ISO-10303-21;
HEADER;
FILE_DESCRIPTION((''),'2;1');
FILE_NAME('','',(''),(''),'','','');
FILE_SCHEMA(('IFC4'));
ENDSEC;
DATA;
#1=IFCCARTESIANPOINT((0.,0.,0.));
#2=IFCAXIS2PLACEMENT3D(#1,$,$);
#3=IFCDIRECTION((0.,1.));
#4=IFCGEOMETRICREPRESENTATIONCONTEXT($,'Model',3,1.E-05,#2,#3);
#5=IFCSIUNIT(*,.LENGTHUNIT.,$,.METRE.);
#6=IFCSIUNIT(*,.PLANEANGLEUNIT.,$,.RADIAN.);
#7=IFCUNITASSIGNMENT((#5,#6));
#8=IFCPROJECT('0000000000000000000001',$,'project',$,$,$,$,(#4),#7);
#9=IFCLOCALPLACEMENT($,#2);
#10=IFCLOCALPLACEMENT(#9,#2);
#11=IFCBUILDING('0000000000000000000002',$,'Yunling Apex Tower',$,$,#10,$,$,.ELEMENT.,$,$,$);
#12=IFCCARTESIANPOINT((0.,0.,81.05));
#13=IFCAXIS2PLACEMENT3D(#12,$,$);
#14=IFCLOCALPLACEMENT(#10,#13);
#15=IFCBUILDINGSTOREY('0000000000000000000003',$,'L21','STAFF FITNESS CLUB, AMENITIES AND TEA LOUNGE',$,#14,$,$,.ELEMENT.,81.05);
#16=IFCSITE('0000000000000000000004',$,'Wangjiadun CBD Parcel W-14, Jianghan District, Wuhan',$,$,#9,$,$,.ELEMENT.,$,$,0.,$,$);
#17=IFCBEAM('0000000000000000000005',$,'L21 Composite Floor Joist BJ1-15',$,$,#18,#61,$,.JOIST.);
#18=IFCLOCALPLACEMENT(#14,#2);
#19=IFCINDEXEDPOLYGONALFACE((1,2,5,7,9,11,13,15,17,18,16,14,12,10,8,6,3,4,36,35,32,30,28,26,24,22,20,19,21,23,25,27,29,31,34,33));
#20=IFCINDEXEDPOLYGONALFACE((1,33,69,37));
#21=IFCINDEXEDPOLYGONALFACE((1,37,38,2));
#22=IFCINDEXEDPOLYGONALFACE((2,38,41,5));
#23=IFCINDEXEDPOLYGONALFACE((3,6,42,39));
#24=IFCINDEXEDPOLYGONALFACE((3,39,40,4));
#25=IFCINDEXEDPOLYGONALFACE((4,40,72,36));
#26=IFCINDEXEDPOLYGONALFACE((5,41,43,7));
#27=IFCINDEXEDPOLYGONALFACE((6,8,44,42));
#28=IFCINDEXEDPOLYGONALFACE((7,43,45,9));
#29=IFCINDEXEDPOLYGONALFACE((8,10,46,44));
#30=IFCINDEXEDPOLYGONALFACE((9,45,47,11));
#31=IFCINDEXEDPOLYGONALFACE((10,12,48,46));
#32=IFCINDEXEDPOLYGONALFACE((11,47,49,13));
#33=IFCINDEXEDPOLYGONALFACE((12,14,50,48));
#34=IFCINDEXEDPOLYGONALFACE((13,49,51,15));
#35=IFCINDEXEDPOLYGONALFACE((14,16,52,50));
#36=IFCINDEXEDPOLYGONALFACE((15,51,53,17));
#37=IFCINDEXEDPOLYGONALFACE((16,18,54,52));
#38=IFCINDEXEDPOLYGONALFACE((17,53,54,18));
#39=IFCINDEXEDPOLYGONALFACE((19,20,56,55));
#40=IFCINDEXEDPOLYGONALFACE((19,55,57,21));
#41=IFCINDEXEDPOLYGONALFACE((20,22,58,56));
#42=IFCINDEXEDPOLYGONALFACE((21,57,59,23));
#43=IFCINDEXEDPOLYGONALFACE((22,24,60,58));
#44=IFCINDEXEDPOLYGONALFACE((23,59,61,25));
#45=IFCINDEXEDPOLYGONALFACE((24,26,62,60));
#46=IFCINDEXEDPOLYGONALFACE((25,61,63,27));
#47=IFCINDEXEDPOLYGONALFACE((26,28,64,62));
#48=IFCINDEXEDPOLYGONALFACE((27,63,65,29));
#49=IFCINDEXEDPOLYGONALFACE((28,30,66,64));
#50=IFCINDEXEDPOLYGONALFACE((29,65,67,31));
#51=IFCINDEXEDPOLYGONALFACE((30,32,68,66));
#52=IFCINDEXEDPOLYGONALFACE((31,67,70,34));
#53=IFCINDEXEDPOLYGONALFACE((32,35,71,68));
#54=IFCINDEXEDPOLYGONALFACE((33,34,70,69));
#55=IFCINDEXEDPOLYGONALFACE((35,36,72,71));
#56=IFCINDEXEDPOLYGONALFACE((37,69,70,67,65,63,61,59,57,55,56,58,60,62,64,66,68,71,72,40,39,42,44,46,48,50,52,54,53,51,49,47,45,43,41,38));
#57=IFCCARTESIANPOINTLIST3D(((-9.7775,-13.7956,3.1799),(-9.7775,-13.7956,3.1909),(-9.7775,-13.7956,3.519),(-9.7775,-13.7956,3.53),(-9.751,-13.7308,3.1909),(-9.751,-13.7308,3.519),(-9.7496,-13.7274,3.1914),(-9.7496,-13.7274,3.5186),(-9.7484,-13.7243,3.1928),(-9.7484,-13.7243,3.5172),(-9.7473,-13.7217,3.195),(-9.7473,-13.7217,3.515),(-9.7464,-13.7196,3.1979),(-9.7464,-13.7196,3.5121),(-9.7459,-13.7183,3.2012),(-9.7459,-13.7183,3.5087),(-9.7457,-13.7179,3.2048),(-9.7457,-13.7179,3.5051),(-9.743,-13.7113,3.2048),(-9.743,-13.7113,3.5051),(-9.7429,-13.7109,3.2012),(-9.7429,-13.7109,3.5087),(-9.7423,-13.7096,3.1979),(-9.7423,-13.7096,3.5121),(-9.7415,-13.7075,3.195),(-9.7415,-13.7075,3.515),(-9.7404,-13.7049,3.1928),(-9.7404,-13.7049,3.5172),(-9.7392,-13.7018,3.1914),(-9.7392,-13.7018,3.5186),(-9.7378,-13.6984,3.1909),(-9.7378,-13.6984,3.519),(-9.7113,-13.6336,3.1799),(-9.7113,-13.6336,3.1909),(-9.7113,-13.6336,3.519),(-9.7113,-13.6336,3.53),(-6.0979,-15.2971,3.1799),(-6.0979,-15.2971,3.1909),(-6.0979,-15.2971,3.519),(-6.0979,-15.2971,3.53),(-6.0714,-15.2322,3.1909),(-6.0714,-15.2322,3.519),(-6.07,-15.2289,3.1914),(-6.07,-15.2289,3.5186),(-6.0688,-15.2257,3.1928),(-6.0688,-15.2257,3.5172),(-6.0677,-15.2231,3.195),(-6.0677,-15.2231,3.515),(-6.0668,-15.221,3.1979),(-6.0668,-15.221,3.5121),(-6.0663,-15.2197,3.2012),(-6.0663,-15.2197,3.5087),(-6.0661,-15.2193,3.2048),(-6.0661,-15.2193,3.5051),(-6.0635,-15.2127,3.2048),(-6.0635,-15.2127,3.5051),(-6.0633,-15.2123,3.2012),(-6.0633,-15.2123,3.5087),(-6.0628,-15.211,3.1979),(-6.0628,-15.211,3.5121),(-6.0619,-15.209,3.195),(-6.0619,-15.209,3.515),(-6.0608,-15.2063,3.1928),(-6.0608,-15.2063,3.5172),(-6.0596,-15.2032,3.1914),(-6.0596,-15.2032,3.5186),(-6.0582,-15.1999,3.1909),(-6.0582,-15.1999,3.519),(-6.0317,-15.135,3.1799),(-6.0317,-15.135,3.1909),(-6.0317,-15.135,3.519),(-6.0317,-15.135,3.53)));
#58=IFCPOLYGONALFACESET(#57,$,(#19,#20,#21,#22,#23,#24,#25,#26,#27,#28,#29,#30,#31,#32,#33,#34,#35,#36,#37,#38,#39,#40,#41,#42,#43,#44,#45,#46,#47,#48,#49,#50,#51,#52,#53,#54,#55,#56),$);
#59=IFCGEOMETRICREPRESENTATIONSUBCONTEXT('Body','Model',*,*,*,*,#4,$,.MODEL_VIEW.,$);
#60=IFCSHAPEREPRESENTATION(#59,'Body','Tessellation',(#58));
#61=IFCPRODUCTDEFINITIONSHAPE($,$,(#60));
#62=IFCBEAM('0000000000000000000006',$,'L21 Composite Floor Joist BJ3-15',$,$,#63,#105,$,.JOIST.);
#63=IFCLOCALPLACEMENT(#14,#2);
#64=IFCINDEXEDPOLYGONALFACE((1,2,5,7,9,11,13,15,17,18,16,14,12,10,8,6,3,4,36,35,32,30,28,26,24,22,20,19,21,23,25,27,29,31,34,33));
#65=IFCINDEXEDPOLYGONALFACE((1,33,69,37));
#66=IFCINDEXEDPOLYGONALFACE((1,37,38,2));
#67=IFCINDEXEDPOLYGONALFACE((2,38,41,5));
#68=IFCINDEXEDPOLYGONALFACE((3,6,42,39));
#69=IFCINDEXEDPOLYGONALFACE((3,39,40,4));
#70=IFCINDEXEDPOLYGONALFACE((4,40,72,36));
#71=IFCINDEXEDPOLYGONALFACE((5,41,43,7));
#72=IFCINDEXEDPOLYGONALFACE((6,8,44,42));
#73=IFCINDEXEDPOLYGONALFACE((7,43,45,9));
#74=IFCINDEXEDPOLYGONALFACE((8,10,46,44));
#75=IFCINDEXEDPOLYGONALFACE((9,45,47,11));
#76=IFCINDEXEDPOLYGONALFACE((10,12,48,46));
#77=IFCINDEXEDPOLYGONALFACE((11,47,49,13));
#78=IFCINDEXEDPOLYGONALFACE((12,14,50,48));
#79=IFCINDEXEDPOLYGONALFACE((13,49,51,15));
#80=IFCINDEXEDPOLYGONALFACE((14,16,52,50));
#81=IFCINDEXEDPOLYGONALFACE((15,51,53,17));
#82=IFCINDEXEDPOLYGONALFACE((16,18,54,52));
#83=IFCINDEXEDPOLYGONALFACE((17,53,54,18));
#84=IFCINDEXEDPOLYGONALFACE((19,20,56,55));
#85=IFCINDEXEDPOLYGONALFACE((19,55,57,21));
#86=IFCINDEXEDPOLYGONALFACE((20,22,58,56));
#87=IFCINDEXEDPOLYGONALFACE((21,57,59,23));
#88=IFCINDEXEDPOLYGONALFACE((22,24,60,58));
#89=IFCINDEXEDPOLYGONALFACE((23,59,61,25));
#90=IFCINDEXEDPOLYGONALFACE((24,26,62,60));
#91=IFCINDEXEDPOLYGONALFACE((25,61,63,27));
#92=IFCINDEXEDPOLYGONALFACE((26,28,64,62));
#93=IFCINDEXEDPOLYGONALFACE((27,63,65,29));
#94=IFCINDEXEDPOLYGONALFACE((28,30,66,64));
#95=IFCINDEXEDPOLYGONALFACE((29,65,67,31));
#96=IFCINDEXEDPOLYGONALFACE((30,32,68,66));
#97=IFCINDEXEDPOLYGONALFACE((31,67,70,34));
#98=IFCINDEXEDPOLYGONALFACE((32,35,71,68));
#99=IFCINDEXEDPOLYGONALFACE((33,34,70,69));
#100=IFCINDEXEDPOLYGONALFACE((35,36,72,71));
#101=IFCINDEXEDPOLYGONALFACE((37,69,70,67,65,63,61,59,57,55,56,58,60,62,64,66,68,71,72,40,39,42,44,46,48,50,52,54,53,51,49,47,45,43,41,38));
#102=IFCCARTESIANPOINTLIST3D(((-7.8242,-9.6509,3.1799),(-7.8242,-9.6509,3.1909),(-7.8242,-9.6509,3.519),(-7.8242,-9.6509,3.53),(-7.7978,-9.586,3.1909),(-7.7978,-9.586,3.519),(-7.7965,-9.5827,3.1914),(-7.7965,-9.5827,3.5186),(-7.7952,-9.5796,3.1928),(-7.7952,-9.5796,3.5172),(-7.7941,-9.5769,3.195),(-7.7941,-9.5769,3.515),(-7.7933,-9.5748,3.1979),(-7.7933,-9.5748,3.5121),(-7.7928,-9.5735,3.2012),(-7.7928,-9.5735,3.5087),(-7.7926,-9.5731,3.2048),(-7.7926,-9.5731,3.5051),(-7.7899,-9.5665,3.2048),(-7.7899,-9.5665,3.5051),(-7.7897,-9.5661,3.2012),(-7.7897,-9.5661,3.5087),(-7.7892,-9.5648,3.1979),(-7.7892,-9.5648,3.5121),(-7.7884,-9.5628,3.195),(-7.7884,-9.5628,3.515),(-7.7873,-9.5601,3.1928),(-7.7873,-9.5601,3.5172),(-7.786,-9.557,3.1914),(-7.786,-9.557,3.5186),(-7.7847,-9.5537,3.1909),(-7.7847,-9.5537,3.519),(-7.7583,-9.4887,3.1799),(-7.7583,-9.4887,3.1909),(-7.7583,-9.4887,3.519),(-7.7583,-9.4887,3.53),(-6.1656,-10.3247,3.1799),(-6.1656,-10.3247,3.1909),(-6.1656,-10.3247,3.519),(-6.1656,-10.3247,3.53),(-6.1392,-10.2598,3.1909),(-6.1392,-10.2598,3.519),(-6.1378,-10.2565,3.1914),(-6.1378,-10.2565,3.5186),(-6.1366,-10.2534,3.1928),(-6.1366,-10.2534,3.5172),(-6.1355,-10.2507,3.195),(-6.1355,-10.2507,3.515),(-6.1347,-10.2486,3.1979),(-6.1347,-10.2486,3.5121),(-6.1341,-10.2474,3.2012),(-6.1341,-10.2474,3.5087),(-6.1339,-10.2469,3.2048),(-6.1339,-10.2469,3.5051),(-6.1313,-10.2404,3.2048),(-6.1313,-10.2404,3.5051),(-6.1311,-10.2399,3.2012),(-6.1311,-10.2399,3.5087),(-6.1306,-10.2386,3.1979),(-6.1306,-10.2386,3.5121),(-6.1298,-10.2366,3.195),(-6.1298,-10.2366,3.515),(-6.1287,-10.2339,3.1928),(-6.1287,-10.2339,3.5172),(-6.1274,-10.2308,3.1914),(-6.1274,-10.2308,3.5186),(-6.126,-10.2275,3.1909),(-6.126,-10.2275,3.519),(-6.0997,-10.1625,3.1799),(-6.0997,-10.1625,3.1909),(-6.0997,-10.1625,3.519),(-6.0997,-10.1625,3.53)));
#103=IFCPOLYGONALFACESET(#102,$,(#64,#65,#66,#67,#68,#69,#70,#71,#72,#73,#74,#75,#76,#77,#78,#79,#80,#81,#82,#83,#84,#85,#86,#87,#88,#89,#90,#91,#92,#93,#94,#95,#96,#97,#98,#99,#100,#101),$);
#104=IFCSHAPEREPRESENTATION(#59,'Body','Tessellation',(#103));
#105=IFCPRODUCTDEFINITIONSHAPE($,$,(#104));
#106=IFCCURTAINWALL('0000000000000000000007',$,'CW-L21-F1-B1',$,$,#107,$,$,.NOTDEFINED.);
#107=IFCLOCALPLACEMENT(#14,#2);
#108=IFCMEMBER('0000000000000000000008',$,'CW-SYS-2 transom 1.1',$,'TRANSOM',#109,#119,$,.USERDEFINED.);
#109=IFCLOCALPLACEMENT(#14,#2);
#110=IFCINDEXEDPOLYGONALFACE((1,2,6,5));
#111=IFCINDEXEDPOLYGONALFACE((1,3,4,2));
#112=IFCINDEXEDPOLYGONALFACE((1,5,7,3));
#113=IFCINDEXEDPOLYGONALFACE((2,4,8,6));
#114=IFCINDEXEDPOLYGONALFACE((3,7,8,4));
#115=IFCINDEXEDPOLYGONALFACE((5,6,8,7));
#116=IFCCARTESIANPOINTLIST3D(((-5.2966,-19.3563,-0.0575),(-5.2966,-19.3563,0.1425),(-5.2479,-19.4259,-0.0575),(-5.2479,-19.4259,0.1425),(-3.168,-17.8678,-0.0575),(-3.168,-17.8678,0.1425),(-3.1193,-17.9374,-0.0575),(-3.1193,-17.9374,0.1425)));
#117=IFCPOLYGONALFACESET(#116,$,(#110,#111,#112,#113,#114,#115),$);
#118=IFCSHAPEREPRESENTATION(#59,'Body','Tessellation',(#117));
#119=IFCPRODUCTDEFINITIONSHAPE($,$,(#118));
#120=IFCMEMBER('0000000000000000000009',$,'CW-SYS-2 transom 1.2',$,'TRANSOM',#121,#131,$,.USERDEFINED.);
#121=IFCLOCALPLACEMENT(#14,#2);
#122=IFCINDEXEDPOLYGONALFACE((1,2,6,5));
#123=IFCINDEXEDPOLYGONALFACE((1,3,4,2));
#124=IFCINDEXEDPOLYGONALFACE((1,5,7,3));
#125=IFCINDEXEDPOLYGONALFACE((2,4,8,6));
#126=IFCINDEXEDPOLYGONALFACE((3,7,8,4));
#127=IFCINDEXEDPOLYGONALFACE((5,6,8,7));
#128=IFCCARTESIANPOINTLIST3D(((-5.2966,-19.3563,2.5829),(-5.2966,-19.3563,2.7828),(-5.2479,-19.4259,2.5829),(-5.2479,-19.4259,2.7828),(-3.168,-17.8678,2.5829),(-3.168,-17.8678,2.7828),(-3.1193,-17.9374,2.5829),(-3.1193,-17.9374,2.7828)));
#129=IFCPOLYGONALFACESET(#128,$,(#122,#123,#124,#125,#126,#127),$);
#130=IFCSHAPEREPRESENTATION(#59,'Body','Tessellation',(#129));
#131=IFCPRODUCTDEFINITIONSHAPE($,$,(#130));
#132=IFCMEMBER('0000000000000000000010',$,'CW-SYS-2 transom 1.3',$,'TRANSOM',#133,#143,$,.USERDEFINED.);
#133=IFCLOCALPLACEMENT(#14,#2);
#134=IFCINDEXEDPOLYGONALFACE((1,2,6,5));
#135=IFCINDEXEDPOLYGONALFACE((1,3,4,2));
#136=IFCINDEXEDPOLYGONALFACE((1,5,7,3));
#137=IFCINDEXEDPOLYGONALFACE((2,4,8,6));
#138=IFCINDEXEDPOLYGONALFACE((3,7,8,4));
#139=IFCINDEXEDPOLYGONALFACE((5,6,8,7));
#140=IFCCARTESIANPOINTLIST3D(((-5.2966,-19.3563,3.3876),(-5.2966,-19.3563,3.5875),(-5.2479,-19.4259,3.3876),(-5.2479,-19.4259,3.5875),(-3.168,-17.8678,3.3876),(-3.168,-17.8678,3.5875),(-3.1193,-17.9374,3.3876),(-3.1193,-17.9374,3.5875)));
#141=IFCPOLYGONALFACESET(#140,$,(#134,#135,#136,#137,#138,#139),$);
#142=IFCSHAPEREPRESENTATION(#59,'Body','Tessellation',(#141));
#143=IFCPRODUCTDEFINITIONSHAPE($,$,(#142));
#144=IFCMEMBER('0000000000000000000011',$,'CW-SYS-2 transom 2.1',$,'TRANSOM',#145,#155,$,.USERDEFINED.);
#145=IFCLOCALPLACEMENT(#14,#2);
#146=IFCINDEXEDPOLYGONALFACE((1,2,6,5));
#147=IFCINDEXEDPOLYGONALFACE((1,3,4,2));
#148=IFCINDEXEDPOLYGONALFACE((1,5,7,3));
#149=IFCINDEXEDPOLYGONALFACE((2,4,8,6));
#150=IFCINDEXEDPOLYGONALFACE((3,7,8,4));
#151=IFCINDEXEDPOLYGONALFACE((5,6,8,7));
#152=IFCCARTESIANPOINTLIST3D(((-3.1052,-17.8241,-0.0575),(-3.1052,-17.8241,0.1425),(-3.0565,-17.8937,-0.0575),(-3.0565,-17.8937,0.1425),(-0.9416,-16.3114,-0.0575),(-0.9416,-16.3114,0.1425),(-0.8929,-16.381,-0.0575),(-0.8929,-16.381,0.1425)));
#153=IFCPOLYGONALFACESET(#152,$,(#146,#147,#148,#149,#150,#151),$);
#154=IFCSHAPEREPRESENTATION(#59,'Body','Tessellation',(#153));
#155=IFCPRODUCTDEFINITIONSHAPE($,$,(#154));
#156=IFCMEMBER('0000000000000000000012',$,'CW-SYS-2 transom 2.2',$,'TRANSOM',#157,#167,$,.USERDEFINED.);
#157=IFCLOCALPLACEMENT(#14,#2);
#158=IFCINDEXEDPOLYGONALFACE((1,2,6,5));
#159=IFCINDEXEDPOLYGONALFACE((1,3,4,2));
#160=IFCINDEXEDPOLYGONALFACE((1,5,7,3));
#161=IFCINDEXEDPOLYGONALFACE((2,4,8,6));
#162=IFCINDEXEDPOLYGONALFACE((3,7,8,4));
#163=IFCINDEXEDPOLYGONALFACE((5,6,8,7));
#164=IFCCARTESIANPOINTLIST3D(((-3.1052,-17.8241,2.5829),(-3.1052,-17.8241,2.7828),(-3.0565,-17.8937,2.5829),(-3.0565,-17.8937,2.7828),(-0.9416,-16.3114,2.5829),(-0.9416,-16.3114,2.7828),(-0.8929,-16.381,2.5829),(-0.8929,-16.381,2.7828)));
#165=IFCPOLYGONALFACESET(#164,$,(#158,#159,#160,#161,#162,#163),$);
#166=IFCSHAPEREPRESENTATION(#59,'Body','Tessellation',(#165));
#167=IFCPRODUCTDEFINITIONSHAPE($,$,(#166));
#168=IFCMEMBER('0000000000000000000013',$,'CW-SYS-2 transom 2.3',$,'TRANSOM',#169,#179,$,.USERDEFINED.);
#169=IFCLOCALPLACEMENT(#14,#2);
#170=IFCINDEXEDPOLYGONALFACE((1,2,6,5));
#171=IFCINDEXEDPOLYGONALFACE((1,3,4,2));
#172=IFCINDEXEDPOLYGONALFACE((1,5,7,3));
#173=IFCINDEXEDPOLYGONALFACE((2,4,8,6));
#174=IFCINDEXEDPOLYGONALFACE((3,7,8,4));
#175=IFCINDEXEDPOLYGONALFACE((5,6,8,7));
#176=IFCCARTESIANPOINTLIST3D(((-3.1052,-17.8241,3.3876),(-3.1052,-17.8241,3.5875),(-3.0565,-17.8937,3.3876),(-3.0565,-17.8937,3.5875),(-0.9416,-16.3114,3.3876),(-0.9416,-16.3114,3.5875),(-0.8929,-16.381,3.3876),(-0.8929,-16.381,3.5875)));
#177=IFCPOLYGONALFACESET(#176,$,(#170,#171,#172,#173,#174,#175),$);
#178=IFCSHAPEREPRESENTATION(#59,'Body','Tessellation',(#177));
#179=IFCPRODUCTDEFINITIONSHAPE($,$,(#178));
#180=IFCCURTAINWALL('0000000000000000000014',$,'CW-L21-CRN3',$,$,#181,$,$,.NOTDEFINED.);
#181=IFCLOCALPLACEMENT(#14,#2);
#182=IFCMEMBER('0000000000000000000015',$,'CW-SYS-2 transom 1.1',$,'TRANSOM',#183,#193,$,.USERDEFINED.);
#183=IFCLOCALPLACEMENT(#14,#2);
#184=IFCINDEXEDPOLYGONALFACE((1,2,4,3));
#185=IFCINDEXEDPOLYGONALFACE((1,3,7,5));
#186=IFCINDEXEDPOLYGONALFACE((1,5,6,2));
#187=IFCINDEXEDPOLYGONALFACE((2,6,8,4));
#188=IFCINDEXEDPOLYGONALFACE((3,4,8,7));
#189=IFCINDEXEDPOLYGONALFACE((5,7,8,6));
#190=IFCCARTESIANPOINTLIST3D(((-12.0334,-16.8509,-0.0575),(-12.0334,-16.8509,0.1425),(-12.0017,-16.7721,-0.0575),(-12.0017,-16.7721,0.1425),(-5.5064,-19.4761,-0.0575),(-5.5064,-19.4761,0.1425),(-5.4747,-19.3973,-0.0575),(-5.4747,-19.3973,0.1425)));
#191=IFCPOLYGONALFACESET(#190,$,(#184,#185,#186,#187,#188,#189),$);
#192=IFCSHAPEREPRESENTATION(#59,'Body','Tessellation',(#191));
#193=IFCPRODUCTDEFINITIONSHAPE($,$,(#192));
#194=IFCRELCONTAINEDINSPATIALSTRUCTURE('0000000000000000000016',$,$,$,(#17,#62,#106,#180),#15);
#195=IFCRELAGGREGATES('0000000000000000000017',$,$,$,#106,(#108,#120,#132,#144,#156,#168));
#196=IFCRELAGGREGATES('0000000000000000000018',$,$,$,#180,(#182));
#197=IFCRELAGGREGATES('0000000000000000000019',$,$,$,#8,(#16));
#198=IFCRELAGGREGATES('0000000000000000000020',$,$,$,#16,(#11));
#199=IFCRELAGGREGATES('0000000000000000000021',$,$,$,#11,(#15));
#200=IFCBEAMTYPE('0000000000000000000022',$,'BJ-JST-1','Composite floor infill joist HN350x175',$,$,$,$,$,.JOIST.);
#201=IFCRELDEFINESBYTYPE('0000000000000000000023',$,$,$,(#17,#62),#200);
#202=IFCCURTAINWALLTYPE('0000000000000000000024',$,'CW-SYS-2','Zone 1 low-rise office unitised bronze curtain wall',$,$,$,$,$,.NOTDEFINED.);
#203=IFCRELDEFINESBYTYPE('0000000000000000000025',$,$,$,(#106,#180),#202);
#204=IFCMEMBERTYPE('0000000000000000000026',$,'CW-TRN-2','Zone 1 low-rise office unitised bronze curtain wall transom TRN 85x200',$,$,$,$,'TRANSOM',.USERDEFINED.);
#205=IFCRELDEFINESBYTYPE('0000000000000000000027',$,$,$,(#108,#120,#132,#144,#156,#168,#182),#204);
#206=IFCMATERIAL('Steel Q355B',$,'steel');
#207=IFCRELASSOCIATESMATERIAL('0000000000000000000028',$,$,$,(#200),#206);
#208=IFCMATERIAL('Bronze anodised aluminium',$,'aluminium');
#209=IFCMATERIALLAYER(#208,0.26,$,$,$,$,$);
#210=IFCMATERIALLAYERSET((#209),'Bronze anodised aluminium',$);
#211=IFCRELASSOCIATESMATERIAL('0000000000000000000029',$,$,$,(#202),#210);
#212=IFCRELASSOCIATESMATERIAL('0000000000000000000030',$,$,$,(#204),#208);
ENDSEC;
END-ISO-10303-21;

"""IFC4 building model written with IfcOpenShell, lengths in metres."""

from ifc_helpers import new_model, si_unit, direction, frame, origin, origin_2d, place, context, subcontext, project, spatial, rectangle, i_section, extrude, source, transform, mapped, material, layer, layer_set, material_profile, profile_set, type_object, element, aggregate, save


model = new_model("IFC4")

# Units and contexts
model_context = context("Model", 3, precision=1e-05, world=origin(), true_north=direction((0.0, 1.0)))
body_context = subcontext(model_context, "Body", "Model", "MODEL_VIEW")
ifc_project = project(units=[si_unit("LENGTHUNIT", "METRE"), si_unit("PLANEANGLEUNIT", "RADIAN")], contexts=[model_context])

# Site, building, storey
site_placement = place(None, origin())
site = spatial("IfcSite", under=ifc_project, at=site_placement, Name="Wangjiadun CBD Parcel W-14, Jianghan District, Wuhan", CompositionType="ELEMENT", RefElevation=0.0)
building_placement = place(site_placement, origin())
building = spatial("IfcBuilding", under=site, at=building_placement, Name="Yunling Apex Tower", CompositionType="ELEMENT")
storey_placement = place(building_placement, frame((0.0, 0.0, 81.05)))
storey = spatial("IfcBuildingStorey", under=building, at=storey_placement, Name="L21", Description="STAFF FITNESS CLUB, AMENITIES AND TEA LOUNGE", CompositionType="ELEMENT", Elevation=81.05)

# Beams
ifc_material_1 = material(Name="Steel Q355B", Category="steel")
ifc_material_profile_1 = material_profile(ifc_material_1, i_section(OverallWidth=0.175, OverallDepth=0.3501, WebThickness=0.0071, FlangeThickness=0.011, FilletRadius=0.0139, at=origin_2d()))
ifc_profile_set_1 = profile_set([ifc_material_profile_1], Name="Steel Q355B")
beam_type_1 = type_object("IfcBeamType", Name="BJ-JST-1", Description="Composite floor infill joist HN350x175", PredefinedType="JOIST", material=ifc_profile_set_1)
shared_shape_1 = source(origin(), body_context, "Body", "SweptSolid", [
    extrude(i_section(OverallWidth=0.175, OverallDepth=0.3501, WebThickness=0.0071, FlangeThickness=0.011, FilletRadius=0.0139, at=origin_2d()), origin(), (0.0, 0.0, 1.0), 3.9741),
])
beam_1_placement = place(storey_placement, frame((-9.7444, -13.7146, 3.355), z_axis=(0.925887, -0.3778, 0.0), x_axis=(0.3778, 0.925887, 0.0)))
element("IfcBeam", 1, at=beam_1_placement, inside=storey, type_object=beam_type_1, Name="L21 Composite Floor Joist BJ1-15", PredefinedType="JOIST", context=body_context, shape_type="MappedRepresentation", body=[
    mapped(shared_shape_1, transform((0.0, 0.0, 0.0), scale=1.0)),
])
shared_shape_2 = source(origin(), body_context, "Body", "SweptSolid", [
    extrude(i_section(OverallWidth=0.175, OverallDepth=0.3501, WebThickness=0.0071, FlangeThickness=0.011, FilletRadius=0.0139, at=origin_2d()), origin(), (0.0, 0.0, 1.0), 1.7903),
])
beam_2_placement = place(storey_placement, frame((-7.7913, -9.5698, 3.355), z_axis=(0.92647, -0.37637, 0.0), x_axis=(0.37637, 0.92647, 0.0)))
element("IfcBeam", 2, at=beam_2_placement, inside=storey, type_object=beam_type_1, Name="L21 Composite Floor Joist BJ3-15", PredefinedType="JOIST", context=body_context, shape_type="MappedRepresentation", body=[
    mapped(shared_shape_2, transform((0.0, 0.0, 0.0), scale=1.0)),
])

# Curtain walls, members
ifc_material_2 = material(Name="Bronze anodised aluminium", Category="aluminium")
ifc_layer_1 = layer(ifc_material_2, 0.26)
ifc_layer_set_1 = layer_set([ifc_layer_1], Name="Bronze anodised aluminium")
curtain_wall_type = type_object("IfcCurtainWallType", Name="CW-SYS-2", Description="Zone 1 low-rise office unitised bronze curtain wall", PredefinedType="NOTDEFINED", material=ifc_layer_set_1)
curtain_wall_1_placement = place(storey_placement, origin())
curtain_wall_1 = element("IfcCurtainWall", 3, at=curtain_wall_1_placement, inside=storey, type_object=curtain_wall_type, Name="CW-L21-F1-B1", PredefinedType="NOTDEFINED")
ifc_material_profile_2 = material_profile(ifc_material_2, rectangle(XDim=0.085, YDim=0.2, at=origin_2d()))
ifc_profile_set_2 = profile_set([ifc_material_profile_2], Name="Bronze anodised aluminium")
member_type_1 = type_object("IfcMemberType", Name="CW-TRN-2", Description="Zone 1 low-rise office unitised bronze curtain wall transom TRN 85x200", ElementType="TRANSOM", PredefinedType="USERDEFINED", material=ifc_profile_set_2)
shared_shape_3 = source(origin(), body_context, "Body", "SweptSolid", [
    extrude(rectangle(XDim=0.085, YDim=0.2, at=origin_2d()), origin(), (0.0, 0.0, 1.0), 2.5974),
])
member_1_placement = place(storey_placement, frame((-5.2722, -19.3911, 0.0425), z_axis=(0.81951, 0.573065, 0.0), x_axis=(-0.573065, 0.81951, 0.0)))
member_1 = element("IfcMember", 4, at=member_1_placement, type_object=member_type_1, Name="CW-SYS-2 transom 1.1", ObjectType="TRANSOM", PredefinedType="USERDEFINED", context=body_context, shape_type="MappedRepresentation", body=[
    mapped(shared_shape_3, transform((0.0, 0.0, 0.0), scale=1.0)),
])
member_2_placement = place(storey_placement, frame((-5.2722, -19.3911, 2.6829), z_axis=(0.81951, 0.573065, 0.0), x_axis=(-0.573065, 0.81951, 0.0)))
member_2 = element("IfcMember", 5, at=member_2_placement, type_object=member_type_1, Name="CW-SYS-2 transom 1.2", ObjectType="TRANSOM", PredefinedType="USERDEFINED", context=body_context, shape_type="MappedRepresentation", body=[
    mapped(shared_shape_3, transform((0.0, 0.0, 0.0), scale=1.0)),
])
member_3_placement = place(storey_placement, frame((-5.2722, -19.3911, 3.4875), z_axis=(0.81951, 0.573065, 0.0), x_axis=(-0.573065, 0.81951, 0.0)))
member_3 = element("IfcMember", 6, at=member_3_placement, type_object=member_type_1, Name="CW-SYS-2 transom 1.3", ObjectType="TRANSOM", PredefinedType="USERDEFINED", context=body_context, shape_type="MappedRepresentation", body=[
    mapped(shared_shape_3, transform((0.0, 0.0, 0.0), scale=1.0)),
])
shared_shape_4 = source(origin(), body_context, "Body", "SweptSolid", [
    extrude(rectangle(XDim=0.085, YDim=0.2, at=origin_2d()), origin(), (0.0, 0.0, 1.0), 2.6399),
])
member_4_placement = place(storey_placement, frame((-3.0808, -17.8589, 0.0425), z_axis=(0.819553, 0.573003, 0.0), x_axis=(-0.573003, 0.819553, 0.0)))
member_4 = element("IfcMember", 7, at=member_4_placement, type_object=member_type_1, Name="CW-SYS-2 transom 2.1", ObjectType="TRANSOM", PredefinedType="USERDEFINED", context=body_context, shape_type="MappedRepresentation", body=[
    mapped(shared_shape_4, transform((0.0, 0.0, 0.0), scale=1.0)),
])
member_5_placement = place(storey_placement, frame((-3.0808, -17.8589, 2.6829), z_axis=(0.819553, 0.573003, 0.0), x_axis=(-0.573003, 0.819553, 0.0)))
member_5 = element("IfcMember", 8, at=member_5_placement, type_object=member_type_1, Name="CW-SYS-2 transom 2.2", ObjectType="TRANSOM", PredefinedType="USERDEFINED", context=body_context, shape_type="MappedRepresentation", body=[
    mapped(shared_shape_4, transform((0.0, 0.0, 0.0), scale=1.0)),
])
member_6_placement = place(storey_placement, frame((-3.0808, -17.8589, 3.4875), z_axis=(0.819553, 0.573003, 0.0), x_axis=(-0.573003, 0.819553, 0.0)))
member_6 = element("IfcMember", 9, at=member_6_placement, type_object=member_type_1, Name="CW-SYS-2 transom 2.3", ObjectType="TRANSOM", PredefinedType="USERDEFINED", context=body_context, shape_type="MappedRepresentation", body=[
    mapped(shared_shape_4, transform((0.0, 0.0, 0.0), scale=1.0)),
])
curtain_wall_2_placement = place(storey_placement, origin())
curtain_wall_2 = element("IfcCurtainWall", 10, at=curtain_wall_2_placement, inside=storey, type_object=curtain_wall_type, Name="CW-L21-CRN3", PredefinedType="NOTDEFINED")
shared_shape_5 = source(origin(), body_context, "Body", "SweptSolid", [
    extrude(rectangle(XDim=0.085, YDim=0.2, at=origin_2d()), origin(), (0.0, 0.0, 1.0), 7.0352),
])
member_7_placement = place(storey_placement, frame((-12.0176, -16.8115, 0.0425), z_axis=(0.927769, -0.373155, 0.0), x_axis=(0.373155, 0.927769, 0.0)))
member_7 = element("IfcMember", 11, at=member_7_placement, type_object=member_type_1, Name="CW-SYS-2 transom 1.1", ObjectType="TRANSOM", PredefinedType="USERDEFINED", context=body_context, shape_type="MappedRepresentation", body=[
    mapped(shared_shape_5, transform((0.0, 0.0, 0.0), scale=1.0)),
])

aggregate(curtain_wall_1, [member_1, member_2, member_3, member_4, member_5, member_6])
aggregate(curtain_wall_2, [member_7])

save(model, "model.ifc")
